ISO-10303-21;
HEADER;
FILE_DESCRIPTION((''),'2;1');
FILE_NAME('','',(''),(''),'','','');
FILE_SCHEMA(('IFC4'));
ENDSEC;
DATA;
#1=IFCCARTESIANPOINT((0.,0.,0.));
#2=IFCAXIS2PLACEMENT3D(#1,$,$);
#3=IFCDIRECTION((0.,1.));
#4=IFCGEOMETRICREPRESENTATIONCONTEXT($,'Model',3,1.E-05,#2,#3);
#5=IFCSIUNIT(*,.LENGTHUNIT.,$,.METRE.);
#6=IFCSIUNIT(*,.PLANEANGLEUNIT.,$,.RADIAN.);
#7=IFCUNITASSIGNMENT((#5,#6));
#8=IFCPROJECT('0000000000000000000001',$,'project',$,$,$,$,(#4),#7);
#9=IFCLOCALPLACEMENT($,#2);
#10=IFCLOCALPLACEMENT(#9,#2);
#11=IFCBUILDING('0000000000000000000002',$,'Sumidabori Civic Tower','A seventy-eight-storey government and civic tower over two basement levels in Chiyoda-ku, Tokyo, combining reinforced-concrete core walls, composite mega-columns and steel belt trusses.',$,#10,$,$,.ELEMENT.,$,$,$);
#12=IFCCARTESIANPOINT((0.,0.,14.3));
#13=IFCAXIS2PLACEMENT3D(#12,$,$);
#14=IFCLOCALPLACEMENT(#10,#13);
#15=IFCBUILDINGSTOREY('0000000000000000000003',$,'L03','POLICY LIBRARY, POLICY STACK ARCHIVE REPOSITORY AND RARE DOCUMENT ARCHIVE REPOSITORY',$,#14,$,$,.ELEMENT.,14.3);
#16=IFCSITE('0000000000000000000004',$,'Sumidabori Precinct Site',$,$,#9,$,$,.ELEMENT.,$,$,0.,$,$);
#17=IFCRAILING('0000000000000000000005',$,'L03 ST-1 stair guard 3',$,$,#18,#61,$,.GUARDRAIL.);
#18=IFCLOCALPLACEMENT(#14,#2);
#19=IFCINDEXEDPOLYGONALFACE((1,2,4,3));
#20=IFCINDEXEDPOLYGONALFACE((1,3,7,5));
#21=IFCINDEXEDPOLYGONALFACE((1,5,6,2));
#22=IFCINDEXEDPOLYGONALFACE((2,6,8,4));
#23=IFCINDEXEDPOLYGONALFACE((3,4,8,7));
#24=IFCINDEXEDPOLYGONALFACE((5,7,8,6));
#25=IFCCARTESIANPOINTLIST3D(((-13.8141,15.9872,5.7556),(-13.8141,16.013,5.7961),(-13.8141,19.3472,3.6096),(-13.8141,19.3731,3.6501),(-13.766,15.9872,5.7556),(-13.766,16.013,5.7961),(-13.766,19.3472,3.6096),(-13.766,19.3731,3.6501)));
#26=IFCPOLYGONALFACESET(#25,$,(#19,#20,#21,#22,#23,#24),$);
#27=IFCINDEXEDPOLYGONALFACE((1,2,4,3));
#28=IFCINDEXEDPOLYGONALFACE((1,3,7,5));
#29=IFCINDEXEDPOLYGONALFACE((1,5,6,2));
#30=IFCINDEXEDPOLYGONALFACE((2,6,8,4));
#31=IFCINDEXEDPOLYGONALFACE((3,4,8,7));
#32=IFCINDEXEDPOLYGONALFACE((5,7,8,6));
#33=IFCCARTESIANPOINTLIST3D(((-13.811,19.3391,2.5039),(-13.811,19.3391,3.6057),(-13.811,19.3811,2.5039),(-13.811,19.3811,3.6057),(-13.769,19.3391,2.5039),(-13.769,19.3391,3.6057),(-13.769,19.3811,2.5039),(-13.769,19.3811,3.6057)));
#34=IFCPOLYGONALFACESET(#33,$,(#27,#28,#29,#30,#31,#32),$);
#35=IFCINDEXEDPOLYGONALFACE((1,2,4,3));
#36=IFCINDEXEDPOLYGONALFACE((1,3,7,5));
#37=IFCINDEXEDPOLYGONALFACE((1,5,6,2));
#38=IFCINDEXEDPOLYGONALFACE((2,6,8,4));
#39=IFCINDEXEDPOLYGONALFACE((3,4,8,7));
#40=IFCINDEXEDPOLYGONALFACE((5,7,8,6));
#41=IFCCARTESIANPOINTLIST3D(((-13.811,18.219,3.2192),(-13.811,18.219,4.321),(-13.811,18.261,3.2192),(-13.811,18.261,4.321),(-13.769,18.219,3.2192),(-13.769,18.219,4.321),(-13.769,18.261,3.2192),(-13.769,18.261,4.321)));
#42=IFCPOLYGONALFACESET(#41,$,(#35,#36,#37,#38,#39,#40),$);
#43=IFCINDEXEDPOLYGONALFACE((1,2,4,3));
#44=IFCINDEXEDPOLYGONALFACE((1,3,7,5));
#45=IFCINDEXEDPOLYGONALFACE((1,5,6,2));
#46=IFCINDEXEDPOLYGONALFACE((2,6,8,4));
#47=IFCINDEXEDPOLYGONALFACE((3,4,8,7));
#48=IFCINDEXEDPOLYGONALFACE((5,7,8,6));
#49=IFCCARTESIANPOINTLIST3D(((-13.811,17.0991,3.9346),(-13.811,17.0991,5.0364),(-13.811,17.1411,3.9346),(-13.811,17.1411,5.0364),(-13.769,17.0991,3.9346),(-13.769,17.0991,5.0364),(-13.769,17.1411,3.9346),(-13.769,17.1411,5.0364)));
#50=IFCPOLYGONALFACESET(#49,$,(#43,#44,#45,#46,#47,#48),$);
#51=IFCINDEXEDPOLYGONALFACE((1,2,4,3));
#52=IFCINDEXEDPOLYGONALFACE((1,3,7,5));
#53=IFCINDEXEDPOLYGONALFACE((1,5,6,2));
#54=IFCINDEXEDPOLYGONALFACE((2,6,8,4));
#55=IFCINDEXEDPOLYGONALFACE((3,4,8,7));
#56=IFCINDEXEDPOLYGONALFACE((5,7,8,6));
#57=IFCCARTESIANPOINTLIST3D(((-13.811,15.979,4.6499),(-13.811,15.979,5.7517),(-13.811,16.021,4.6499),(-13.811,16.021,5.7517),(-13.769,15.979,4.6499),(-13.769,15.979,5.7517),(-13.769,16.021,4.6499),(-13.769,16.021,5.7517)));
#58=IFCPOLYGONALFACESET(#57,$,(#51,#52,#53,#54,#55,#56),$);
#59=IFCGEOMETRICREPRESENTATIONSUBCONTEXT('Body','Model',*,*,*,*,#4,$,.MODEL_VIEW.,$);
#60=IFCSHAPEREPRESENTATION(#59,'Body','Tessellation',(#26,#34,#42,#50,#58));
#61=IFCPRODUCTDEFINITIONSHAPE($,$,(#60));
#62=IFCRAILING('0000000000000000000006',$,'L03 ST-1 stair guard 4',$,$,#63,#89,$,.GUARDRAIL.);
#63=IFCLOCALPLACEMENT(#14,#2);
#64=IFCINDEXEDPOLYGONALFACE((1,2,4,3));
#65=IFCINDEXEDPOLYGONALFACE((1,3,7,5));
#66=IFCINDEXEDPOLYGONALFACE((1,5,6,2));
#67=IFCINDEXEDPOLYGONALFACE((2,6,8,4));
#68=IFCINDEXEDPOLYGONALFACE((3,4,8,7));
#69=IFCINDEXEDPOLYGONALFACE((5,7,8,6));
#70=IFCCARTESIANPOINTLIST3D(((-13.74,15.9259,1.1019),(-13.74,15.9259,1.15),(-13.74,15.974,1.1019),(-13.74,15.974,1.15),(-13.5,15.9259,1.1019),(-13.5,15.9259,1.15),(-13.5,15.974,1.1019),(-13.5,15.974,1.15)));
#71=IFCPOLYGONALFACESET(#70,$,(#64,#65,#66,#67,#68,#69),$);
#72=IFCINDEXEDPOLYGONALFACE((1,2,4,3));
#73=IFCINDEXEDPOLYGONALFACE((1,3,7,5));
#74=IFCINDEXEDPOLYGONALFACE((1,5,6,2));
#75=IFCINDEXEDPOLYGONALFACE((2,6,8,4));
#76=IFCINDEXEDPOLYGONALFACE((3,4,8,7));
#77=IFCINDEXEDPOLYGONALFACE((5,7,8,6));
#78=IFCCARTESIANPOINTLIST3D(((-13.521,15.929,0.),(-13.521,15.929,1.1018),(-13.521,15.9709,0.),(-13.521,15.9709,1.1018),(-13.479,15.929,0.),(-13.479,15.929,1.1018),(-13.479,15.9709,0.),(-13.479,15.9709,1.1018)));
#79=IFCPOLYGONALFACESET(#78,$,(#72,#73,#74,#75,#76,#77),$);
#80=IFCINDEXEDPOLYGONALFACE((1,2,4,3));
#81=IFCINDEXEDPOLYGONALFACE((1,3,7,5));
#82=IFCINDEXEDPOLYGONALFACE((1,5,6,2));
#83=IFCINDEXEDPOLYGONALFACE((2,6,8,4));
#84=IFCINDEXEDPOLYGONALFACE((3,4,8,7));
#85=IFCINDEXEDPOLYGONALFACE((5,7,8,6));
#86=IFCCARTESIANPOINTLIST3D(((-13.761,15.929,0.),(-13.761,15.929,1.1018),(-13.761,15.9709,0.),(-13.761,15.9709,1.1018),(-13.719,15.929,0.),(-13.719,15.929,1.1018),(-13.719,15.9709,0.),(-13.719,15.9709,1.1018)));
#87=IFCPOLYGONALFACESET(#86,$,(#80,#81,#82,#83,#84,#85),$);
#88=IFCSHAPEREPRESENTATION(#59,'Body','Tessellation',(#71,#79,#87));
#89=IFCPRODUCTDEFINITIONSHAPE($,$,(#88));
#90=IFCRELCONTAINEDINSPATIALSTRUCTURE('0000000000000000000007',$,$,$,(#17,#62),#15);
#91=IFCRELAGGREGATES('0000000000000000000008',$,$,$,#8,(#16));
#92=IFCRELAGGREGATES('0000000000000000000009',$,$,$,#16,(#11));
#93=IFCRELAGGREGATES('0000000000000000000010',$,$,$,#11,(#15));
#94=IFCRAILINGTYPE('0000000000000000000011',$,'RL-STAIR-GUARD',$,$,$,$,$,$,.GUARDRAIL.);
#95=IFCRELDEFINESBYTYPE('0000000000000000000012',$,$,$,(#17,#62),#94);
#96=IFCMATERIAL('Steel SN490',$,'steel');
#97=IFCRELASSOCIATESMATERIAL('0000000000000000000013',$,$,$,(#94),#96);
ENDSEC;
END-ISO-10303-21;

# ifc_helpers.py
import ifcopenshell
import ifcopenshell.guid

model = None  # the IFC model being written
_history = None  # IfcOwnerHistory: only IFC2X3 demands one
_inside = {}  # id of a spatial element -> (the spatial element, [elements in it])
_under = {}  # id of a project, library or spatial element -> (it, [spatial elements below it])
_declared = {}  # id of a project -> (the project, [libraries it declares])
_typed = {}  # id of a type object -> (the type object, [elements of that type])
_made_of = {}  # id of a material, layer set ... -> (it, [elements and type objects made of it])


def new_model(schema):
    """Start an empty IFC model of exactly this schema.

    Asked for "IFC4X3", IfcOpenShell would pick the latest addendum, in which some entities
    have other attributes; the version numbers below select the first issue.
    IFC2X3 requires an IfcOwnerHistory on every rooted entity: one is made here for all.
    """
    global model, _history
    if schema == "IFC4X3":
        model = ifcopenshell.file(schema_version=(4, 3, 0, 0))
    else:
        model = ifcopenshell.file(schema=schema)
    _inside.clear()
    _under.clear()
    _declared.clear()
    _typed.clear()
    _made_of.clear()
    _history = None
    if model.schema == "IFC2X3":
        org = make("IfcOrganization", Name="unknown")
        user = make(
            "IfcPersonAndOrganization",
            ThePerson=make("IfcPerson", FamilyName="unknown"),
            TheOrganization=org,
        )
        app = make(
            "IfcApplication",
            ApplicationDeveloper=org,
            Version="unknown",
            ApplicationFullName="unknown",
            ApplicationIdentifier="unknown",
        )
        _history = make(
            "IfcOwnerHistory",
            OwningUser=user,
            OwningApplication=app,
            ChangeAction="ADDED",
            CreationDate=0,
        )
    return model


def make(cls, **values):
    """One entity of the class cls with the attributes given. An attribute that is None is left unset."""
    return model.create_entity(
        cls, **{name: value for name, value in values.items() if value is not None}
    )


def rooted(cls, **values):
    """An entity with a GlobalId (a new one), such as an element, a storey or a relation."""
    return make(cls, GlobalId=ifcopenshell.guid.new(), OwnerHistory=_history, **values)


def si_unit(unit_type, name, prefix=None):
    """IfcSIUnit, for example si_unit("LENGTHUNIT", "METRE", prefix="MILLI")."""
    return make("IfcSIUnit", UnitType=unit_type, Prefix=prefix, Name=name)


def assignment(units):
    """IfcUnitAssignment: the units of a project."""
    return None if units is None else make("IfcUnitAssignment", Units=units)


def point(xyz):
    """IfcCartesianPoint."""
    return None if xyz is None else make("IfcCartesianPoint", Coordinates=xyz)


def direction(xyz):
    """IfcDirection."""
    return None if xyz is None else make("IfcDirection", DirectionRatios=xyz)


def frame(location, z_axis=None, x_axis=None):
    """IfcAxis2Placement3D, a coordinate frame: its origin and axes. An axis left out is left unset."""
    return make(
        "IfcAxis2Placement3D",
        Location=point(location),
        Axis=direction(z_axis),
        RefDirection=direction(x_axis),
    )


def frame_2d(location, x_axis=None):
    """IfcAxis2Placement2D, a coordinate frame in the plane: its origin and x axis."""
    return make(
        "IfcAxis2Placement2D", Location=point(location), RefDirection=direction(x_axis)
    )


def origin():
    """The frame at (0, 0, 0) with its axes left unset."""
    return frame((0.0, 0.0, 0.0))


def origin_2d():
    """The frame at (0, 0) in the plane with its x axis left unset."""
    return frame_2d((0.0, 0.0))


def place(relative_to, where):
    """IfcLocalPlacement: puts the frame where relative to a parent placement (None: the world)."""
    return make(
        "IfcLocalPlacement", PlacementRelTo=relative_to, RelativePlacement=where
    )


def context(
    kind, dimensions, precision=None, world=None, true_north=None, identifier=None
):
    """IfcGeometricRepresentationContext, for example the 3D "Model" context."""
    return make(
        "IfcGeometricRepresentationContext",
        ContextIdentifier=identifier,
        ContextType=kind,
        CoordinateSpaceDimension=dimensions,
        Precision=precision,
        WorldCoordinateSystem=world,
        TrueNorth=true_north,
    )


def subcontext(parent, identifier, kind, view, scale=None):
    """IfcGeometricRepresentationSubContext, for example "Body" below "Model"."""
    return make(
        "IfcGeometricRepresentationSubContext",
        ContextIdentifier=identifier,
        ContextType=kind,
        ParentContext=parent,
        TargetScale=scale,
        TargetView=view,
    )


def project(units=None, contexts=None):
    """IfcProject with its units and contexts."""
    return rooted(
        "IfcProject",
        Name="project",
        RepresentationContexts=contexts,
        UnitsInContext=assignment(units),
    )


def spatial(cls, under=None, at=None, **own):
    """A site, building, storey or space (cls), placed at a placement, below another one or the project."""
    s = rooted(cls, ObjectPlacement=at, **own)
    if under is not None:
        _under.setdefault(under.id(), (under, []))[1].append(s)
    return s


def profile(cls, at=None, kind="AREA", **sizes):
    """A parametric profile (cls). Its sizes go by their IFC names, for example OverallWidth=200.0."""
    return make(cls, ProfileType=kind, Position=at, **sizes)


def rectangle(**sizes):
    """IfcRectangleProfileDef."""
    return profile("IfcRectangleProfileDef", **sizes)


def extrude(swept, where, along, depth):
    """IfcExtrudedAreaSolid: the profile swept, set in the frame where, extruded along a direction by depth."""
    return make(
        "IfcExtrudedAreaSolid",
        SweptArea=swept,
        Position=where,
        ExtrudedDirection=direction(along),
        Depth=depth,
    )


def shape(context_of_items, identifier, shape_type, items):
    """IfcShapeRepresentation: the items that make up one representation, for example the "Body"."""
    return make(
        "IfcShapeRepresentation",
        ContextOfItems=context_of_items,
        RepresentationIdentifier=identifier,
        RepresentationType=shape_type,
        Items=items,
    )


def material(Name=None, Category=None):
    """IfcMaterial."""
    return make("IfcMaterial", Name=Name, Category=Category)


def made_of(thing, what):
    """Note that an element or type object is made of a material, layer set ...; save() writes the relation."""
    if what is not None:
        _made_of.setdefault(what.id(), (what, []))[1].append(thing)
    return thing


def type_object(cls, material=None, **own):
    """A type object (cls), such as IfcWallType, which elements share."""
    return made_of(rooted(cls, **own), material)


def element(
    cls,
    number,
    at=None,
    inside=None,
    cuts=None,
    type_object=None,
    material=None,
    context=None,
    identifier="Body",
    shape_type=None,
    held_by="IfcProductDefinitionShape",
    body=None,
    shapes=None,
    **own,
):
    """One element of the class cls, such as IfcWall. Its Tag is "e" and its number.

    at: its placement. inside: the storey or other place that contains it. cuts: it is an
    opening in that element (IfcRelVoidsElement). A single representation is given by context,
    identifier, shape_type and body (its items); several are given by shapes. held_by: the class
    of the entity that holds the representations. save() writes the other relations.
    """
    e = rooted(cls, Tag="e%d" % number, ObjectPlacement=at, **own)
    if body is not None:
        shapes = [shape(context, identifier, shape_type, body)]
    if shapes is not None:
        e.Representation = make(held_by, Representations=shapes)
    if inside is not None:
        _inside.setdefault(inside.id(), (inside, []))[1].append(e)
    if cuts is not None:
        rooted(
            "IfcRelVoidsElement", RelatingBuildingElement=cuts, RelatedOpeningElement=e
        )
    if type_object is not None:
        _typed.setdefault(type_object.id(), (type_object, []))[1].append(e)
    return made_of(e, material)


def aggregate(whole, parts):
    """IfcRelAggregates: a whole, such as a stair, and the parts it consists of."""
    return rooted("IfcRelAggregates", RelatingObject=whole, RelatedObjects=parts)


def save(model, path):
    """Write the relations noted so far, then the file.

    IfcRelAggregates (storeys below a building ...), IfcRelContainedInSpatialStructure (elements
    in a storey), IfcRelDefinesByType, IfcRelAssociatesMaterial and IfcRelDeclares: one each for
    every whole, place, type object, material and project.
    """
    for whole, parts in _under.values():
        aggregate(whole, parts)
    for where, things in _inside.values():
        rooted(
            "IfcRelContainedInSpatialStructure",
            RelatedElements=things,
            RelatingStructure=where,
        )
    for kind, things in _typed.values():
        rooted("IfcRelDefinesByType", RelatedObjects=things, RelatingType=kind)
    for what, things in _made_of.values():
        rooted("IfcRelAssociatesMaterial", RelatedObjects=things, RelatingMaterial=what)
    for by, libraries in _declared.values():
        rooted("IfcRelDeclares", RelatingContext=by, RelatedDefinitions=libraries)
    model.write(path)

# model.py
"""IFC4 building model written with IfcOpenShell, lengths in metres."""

from ifc_helpers import new_model, si_unit, direction, frame, origin, origin_2d, place, context, subcontext, project, spatial, rectangle, extrude, material, type_object, element, save


model = new_model("IFC4")

# Units and contexts
model_context = context("Model", 3, precision=1e-05, world=origin(), true_north=direction((0.0, 1.0)))
body_context = subcontext(model_context, "Body", "Model", "MODEL_VIEW")
ifc_project = project(units=[si_unit("LENGTHUNIT", "METRE"), si_unit("PLANEANGLEUNIT", "RADIAN")], contexts=[model_context])

# Site, building, storey
site_placement = place(None, origin())
site = spatial("IfcSite", under=ifc_project, at=site_placement, Name="Sumidabori Precinct Site", CompositionType="ELEMENT", RefElevation=0.0)
building_placement = place(site_placement, origin())
building = spatial("IfcBuilding", under=site, at=building_placement, Name="Sumidabori Civic Tower", Description="A seventy-eight-storey government and civic tower over two basement levels in Chiyoda-ku, Tokyo, combining reinforced-concrete core walls, composite mega-columns and steel belt trusses.", CompositionType="ELEMENT")
storey_placement = place(building_placement, frame((0.0, 0.0, 14.3)))
storey = spatial("IfcBuildingStorey", under=building, at=storey_placement, Name="L03", Description="POLICY LIBRARY, POLICY STACK ARCHIVE REPOSITORY AND RARE DOCUMENT ARCHIVE REPOSITORY", CompositionType="ELEMENT", Elevation=14.3)

# Shared definitions
ifc_material_1 = material(Name="Steel SN490", Category="steel")

# Railings
railing_type_1 = type_object("IfcRailingType", Name="RL-STAIR-GUARD", PredefinedType="GUARDRAIL", material=ifc_material_1)
railing_1_placement = place(storey_placement, frame((-13.79, 19.3601, 2.5039)))
element("IfcRailing", 1, at=railing_1_placement, inside=storey, type_object=railing_type_1, Name="L03 ST-1 stair guard 3", PredefinedType="GUARDRAIL", context=body_context, shape_type="SweptSolid", body=[
    extrude(rectangle(XDim=0.0481, YDim=0.0481, at=origin_2d()), frame((0.0, 0.0, 1.126), z_axis=(0.0, -0.84278, 0.538258), x_axis=(1.0, 0.0, 0.0)), (0.0, 0.0, 1.0), 3.9868),
    extrude(rectangle(XDim=0.042, YDim=0.042, at=origin_2d()), origin(), (0.0, 0.0, 1.0), 1.1018),
    extrude(rectangle(XDim=0.042, YDim=0.042, at=origin_2d()), frame((0.0, -1.1201, 0.7153)), (0.0, 0.0, 1.0), 1.1018),
    extrude(rectangle(XDim=0.042, YDim=0.042, at=origin_2d()), frame((0.0, -2.24, 1.4307)), (0.0, 0.0, 1.0), 1.1018),
    extrude(rectangle(XDim=0.042, YDim=0.042, at=origin_2d()), frame((0.0, -3.3601, 2.146)), (0.0, 0.0, 1.0), 1.1018),
])
railing_2_placement = place(storey_placement, frame((-13.5, 15.95, 0.0)))
element("IfcRailing", 2, at=railing_2_placement, inside=storey, type_object=railing_type_1, Name="L03 ST-1 stair guard 4", PredefinedType="GUARDRAIL", context=body_context, shape_type="SweptSolid", body=[
    extrude(rectangle(XDim=0.0481, YDim=0.0481, at=origin_2d()), frame((0.0, 0.0, 1.126), z_axis=(-1.0, 0.0, 0.0), x_axis=(0.0, -1.0, 0.0)), (0.0, 0.0, 1.0), 0.24),
    extrude(rectangle(XDim=0.042, YDim=0.042, at=origin_2d()), origin(), (0.0, 0.0, 1.0), 1.1018),
    extrude(rectangle(XDim=0.042, YDim=0.042, at=origin_2d()), frame((-0.24, 0.0, 0.0)), (0.0, 0.0, 1.0), 1.1018),
])

save(model, "model.ifc")
